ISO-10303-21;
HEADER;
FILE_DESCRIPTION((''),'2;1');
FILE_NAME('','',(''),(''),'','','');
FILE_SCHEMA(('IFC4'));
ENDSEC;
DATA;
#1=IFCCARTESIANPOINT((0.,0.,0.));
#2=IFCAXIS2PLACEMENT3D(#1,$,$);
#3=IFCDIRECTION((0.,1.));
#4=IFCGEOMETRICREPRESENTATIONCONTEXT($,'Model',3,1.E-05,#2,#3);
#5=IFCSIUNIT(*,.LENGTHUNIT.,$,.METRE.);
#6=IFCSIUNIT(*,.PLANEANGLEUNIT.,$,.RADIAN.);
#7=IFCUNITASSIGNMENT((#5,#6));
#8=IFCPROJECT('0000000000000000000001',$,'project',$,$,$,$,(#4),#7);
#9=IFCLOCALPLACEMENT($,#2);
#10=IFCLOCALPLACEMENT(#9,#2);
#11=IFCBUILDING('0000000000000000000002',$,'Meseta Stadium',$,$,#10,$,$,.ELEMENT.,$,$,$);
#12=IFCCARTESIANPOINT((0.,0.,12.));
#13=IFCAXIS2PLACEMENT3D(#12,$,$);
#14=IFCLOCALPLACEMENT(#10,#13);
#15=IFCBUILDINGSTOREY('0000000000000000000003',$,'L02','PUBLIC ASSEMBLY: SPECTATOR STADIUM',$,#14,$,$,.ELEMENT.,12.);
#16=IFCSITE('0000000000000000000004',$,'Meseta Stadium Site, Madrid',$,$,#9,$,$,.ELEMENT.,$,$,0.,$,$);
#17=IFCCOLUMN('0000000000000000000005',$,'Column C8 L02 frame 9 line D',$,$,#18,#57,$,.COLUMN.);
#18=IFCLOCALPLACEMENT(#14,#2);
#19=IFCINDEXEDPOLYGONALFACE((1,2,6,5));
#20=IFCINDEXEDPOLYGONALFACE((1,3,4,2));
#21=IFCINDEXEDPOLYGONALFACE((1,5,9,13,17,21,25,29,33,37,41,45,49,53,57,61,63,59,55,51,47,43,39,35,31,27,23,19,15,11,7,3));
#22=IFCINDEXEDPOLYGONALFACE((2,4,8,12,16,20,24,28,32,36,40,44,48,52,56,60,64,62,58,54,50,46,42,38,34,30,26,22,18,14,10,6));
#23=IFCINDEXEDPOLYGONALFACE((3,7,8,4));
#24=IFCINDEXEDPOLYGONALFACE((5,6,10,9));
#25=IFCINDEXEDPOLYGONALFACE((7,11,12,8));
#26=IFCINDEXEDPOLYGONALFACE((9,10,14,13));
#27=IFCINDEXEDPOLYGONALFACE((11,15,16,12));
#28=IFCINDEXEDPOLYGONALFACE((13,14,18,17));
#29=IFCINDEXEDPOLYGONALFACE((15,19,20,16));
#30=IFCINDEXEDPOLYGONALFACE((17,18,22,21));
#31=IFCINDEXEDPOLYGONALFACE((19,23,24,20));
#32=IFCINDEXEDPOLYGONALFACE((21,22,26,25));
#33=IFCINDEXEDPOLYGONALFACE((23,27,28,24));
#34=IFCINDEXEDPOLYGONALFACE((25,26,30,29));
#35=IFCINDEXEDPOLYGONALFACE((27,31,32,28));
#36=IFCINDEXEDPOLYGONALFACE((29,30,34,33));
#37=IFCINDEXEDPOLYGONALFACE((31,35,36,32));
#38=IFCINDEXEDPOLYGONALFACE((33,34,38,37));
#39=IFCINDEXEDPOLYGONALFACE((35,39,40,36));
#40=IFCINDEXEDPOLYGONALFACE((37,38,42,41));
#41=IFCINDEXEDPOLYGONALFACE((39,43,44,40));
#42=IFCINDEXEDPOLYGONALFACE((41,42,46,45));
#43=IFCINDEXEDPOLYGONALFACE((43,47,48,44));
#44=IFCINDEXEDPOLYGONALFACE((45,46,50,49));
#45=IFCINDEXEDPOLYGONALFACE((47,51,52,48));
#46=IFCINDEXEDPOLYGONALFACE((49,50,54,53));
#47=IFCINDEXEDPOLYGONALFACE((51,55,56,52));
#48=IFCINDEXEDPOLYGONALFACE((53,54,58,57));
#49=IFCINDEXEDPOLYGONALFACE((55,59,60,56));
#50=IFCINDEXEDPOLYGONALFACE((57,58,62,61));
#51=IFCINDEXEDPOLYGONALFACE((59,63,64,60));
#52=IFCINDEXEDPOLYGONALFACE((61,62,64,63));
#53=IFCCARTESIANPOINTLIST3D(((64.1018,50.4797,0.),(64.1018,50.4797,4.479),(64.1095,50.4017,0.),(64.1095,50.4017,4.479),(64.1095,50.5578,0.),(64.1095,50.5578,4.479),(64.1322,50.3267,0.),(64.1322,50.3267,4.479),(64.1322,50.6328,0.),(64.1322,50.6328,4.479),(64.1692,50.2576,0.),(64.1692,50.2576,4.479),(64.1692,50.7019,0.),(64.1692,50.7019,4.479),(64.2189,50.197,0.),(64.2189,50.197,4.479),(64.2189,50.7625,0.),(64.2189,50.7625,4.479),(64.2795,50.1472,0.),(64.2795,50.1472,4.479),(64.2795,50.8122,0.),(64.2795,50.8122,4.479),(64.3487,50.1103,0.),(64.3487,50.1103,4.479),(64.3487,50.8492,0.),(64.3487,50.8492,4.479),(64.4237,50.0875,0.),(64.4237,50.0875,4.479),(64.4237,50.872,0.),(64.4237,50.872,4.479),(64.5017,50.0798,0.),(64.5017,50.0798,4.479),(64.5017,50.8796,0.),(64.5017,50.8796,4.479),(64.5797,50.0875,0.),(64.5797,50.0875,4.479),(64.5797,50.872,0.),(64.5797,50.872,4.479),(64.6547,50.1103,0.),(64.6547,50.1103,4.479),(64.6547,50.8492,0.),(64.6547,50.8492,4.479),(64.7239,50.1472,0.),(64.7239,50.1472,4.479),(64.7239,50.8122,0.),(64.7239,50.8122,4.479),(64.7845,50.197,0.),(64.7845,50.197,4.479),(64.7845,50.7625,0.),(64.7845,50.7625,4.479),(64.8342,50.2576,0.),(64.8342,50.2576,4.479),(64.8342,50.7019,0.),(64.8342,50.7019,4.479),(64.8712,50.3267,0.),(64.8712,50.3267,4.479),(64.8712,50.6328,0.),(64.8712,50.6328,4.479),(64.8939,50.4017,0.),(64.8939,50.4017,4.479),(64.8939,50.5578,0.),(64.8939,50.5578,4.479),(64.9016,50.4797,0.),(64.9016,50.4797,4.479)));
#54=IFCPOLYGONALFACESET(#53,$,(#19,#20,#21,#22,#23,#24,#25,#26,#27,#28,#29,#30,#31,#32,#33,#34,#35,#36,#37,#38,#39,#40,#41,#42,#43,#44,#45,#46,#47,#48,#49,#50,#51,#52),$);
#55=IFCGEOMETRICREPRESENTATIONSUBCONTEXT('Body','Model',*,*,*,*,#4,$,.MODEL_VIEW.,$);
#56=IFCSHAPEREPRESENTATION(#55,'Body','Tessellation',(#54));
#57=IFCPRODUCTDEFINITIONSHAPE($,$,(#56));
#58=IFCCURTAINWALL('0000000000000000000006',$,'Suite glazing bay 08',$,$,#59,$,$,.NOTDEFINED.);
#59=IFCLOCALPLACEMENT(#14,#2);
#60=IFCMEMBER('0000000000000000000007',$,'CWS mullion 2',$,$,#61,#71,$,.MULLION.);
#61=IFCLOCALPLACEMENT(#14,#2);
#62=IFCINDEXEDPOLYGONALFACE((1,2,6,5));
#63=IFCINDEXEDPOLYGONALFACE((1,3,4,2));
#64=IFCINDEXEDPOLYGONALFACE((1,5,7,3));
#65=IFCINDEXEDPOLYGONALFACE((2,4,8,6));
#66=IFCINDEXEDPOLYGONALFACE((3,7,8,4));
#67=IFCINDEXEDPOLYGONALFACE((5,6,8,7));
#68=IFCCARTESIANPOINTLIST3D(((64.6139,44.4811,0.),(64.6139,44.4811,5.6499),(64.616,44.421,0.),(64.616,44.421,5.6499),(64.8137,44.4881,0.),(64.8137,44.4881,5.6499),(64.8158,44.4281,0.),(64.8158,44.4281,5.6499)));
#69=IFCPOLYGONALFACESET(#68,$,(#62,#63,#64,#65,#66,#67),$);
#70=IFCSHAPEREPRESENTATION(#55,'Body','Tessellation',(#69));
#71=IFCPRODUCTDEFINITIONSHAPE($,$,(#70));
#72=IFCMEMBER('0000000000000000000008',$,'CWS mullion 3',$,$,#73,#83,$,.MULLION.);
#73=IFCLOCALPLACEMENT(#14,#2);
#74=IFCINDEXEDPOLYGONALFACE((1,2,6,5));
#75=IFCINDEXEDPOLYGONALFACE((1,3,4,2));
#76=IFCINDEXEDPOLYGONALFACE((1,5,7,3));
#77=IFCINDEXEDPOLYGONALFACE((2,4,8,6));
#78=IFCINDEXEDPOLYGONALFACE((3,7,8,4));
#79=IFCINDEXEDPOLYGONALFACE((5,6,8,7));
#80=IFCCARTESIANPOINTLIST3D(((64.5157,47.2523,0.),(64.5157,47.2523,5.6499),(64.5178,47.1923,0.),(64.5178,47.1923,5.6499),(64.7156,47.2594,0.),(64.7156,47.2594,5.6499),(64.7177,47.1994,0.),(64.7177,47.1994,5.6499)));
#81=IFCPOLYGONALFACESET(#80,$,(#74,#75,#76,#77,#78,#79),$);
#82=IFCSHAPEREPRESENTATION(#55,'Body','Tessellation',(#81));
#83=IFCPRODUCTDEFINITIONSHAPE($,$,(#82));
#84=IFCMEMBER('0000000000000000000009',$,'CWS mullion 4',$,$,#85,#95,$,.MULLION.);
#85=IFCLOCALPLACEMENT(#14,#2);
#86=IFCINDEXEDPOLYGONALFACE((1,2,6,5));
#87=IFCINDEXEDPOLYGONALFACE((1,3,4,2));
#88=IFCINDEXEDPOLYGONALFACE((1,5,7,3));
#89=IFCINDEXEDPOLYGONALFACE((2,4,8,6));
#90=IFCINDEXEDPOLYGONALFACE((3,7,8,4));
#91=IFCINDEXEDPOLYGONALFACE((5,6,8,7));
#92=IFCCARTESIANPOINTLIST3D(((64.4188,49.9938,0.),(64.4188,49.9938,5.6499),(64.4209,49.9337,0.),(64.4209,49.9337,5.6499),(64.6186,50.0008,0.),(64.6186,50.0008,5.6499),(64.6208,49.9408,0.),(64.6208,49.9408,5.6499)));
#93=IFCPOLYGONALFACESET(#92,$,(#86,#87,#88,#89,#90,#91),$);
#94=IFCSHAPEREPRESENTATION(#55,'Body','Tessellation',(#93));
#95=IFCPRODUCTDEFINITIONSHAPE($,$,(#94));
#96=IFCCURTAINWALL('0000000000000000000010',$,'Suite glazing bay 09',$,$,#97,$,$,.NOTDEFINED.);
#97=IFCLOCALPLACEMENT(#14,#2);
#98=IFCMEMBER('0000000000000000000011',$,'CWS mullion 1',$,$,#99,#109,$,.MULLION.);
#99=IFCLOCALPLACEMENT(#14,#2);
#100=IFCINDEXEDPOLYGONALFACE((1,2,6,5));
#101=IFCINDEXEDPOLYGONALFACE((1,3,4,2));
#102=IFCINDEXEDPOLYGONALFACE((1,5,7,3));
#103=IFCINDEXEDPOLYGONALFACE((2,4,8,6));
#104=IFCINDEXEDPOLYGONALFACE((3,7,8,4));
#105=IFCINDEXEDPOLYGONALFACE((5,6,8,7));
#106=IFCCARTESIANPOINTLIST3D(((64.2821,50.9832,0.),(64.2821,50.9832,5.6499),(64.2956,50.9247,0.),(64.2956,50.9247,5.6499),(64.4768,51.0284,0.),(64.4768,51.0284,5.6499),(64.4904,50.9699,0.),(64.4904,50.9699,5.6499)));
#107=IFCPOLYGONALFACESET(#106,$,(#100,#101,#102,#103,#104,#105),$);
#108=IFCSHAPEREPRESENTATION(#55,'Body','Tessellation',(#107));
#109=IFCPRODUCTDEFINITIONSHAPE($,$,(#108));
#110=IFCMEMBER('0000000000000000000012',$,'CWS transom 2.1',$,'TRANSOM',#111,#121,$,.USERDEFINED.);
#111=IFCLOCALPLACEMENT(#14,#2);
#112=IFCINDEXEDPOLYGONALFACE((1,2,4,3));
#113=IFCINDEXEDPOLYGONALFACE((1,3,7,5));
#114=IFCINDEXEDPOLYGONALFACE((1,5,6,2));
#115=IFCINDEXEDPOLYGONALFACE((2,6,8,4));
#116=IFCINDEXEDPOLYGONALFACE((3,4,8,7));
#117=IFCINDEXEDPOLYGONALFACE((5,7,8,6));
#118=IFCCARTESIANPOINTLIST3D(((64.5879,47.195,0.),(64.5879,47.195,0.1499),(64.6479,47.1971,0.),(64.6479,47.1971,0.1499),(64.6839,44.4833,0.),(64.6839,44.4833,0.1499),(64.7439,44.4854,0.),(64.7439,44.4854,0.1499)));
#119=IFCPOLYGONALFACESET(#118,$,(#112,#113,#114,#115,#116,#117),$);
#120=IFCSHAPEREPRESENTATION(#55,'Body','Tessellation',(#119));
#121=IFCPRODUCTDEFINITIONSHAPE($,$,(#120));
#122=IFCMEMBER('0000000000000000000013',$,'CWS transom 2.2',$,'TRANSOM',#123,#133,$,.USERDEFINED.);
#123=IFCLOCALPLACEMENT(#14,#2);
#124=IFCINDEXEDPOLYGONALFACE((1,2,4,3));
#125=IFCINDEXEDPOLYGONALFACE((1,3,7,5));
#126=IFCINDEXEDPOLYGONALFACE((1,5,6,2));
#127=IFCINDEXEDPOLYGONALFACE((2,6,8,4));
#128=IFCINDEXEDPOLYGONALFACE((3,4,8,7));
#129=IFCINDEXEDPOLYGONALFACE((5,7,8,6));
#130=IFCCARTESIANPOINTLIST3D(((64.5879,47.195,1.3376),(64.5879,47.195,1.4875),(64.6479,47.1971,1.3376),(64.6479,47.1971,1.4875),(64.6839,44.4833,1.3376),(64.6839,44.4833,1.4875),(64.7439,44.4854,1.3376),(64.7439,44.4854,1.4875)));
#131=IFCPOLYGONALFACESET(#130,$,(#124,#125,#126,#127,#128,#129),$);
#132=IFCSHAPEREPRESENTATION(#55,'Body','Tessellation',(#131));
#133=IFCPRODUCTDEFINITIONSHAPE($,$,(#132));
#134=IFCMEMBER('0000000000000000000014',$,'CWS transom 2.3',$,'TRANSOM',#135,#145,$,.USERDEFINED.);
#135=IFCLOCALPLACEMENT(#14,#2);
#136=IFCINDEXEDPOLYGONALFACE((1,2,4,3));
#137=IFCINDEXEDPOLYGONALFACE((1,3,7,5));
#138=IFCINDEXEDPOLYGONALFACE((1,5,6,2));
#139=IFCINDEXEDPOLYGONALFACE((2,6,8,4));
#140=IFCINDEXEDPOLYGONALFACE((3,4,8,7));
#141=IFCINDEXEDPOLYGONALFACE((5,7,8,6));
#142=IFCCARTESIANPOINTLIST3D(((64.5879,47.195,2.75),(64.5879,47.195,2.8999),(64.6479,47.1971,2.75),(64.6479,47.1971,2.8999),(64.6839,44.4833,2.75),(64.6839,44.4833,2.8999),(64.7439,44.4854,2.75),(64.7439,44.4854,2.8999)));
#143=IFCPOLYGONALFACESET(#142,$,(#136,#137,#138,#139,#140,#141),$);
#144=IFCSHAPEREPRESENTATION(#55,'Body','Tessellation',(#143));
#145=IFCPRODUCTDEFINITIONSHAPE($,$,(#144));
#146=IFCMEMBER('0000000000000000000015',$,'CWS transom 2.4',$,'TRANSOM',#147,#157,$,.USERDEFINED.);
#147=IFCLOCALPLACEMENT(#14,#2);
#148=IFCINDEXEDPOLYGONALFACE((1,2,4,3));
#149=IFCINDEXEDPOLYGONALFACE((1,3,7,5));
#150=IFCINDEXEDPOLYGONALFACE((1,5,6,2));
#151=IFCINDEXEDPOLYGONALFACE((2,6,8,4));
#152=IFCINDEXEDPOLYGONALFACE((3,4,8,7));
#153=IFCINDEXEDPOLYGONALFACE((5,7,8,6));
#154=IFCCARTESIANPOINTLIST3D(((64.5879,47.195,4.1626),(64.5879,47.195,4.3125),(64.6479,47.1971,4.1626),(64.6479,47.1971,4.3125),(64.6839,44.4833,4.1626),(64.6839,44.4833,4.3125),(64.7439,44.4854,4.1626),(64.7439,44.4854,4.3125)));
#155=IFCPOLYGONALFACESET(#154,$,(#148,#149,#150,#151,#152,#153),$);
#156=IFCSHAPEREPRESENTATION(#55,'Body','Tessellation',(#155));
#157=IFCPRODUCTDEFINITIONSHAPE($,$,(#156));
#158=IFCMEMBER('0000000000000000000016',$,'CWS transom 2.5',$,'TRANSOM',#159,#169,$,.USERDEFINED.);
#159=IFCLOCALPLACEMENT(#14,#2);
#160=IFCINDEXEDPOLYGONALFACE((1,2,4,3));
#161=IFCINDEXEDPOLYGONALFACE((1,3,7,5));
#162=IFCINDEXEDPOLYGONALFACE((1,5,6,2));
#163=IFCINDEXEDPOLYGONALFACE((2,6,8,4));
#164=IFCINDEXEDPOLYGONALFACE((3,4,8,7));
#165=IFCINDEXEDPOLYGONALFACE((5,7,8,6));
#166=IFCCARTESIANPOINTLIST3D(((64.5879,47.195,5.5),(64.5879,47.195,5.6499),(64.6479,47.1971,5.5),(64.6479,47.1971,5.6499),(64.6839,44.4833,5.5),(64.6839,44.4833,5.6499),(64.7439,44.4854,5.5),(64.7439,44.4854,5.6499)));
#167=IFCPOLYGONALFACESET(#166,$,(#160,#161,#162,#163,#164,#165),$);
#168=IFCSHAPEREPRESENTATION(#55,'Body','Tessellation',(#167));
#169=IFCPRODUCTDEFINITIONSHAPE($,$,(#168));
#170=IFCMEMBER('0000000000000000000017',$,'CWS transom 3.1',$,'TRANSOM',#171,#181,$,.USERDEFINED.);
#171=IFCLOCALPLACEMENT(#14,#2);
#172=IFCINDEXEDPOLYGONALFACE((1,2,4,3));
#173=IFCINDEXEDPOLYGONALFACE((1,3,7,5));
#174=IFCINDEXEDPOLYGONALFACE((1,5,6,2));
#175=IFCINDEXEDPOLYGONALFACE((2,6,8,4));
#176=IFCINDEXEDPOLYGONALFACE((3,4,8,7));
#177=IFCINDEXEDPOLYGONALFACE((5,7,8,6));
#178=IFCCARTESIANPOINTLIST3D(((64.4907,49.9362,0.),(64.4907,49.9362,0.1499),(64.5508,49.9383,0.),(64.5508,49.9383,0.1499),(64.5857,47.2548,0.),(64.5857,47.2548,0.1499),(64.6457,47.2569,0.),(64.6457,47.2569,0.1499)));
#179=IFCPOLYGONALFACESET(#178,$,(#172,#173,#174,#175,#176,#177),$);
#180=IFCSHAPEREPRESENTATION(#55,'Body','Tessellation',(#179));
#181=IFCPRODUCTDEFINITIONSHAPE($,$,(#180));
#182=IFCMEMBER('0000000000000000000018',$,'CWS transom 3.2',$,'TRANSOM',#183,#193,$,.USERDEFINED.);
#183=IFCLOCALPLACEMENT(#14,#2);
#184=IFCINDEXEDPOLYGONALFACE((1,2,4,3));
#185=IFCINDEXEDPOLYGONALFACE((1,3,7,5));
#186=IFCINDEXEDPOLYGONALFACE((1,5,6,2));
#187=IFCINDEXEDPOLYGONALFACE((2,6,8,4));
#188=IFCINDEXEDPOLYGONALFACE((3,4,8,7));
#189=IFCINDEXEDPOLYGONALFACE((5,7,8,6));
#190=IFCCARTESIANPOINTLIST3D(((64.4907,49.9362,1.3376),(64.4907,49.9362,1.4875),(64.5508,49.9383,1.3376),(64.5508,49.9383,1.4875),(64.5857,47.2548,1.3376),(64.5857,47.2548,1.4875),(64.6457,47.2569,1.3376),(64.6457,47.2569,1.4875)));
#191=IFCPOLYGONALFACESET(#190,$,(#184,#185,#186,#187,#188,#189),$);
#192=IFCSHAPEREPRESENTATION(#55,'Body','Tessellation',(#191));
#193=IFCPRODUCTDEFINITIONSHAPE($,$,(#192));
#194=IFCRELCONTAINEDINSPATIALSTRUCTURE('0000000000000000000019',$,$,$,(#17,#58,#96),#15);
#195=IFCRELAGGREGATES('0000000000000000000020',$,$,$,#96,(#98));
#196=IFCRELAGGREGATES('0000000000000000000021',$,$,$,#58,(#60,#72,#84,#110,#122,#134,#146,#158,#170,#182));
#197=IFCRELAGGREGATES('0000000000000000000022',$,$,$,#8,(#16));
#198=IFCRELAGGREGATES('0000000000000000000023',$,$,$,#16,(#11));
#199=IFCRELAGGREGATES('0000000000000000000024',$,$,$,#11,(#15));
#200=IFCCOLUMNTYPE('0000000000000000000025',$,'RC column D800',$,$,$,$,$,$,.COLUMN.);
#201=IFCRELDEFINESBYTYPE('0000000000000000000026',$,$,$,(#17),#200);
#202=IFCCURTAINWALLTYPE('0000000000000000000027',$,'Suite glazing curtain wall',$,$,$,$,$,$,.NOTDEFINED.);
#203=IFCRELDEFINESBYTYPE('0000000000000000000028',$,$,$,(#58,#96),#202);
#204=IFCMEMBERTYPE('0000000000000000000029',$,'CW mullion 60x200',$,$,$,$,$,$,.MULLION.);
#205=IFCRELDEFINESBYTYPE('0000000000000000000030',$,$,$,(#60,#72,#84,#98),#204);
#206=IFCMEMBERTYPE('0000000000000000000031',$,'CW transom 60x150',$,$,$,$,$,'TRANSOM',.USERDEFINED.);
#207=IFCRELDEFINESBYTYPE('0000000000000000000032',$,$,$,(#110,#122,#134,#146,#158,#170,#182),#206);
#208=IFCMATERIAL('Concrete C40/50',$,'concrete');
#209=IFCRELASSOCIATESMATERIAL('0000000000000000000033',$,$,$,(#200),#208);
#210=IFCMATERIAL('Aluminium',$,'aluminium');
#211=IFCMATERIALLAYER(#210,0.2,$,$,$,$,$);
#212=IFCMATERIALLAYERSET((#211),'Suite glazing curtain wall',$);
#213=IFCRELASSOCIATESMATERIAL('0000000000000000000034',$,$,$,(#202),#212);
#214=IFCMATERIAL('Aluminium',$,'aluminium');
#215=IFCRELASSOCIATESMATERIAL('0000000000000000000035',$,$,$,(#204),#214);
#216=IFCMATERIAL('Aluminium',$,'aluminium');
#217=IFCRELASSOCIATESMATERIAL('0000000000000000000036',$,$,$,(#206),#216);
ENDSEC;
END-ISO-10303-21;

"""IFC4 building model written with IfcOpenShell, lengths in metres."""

from ifc_helpers import new_model, si_unit, direction, frame, origin, origin_2d, place, context, subcontext, project, spatial, rectangle, circle, extrude, material, layer, layer_set, material_profile, profile_set, type_object, element, aggregate, save


model = new_model("IFC4")

# Units and contexts
model_context = context("Model", 3, precision=1e-05, world=origin(), true_north=direction((0.0, 1.0)))
body_context = subcontext(model_context, "Body", "Model", "MODEL_VIEW")
ifc_project = project(units=[si_unit("LENGTHUNIT", "METRE"), si_unit("PLANEANGLEUNIT", "RADIAN")], contexts=[model_context])

# Site, building, storey
site_placement = place(None, origin())
site = spatial("IfcSite", under=ifc_project, at=site_placement, Name="Meseta Stadium Site, Madrid", CompositionType="ELEMENT", RefElevation=0.0)
building_placement = place(site_placement, origin())
building = spatial("IfcBuilding", under=site, at=building_placement, Name="Meseta Stadium", CompositionType="ELEMENT")
storey_placement = place(building_placement, frame((0.0, 0.0, 12.0)))
storey = spatial("IfcBuildingStorey", under=building, at=storey_placement, Name="L02", Description="PUBLIC ASSEMBLY: SPECTATOR STADIUM", CompositionType="ELEMENT", Elevation=12.0)

# Column
ifc_material_1 = material(Name="Concrete C40/50", Category="concrete")
ifc_material_profile_1 = material_profile(ifc_material_1, circle(Radius=0.3999, at=origin_2d()), Name="RC D800")
ifc_profile_set_1 = profile_set([ifc_material_profile_1], Name="Concrete C40/50")
column_type = type_object("IfcColumnType", Name="RC column D800", PredefinedType="COLUMN", material=ifc_profile_set_1)
column_placement = place(storey_placement, frame((64.5017, 50.4797, 0.0), z_axis=(0.0, 0.0, 1.0), x_axis=(1.0, 0.0, 0.0)))
element("IfcColumn", 1, at=column_placement, inside=storey, type_object=column_type, Name="Column C8 L02 frame 9 line D", PredefinedType="COLUMN", context=body_context, shape_type="SweptSolid", body=[
    extrude(circle(Radius=0.3999, at=origin_2d()), origin(), (0.0, 0.0, 1.0), 4.479),
])

# Curtain wall, members
ifc_material_2 = material(Name="Aluminium", Category="aluminium")
ifc_layer_1 = layer(ifc_material_2, 0.2)
ifc_layer_set_1 = layer_set([ifc_layer_1], Name="Suite glazing curtain wall")
curtain_wall_type = type_object("IfcCurtainWallType", Name="Suite glazing curtain wall", PredefinedType="NOTDEFINED", material=ifc_layer_set_1)
curtain_wall_1_placement = place(storey_placement, origin())
curtain_wall_1 = element("IfcCurtainWall", 2, at=curtain_wall_1_placement, inside=storey, type_object=curtain_wall_type, Name="Suite glazing bay 08", PredefinedType="NOTDEFINED")
ifc_material_3 = material(Name="Aluminium", Category="aluminium")
ifc_material_profile_2 = material_profile(ifc_material_3, rectangle(XDim=0.2, YDim=0.0601, at=origin_2d()), Name="CW 200x60")
ifc_profile_set_2 = profile_set([ifc_material_profile_2], Name="Aluminium")
member_type_1 = type_object("IfcMemberType", Name="CW mullion 60x200", PredefinedType="MULLION", material=ifc_profile_set_2)
member_1_placement = place(storey_placement, frame((64.7148, 44.4546, 0.0), z_axis=(0.0, 0.0, 1.0), x_axis=(-0.999374, -0.035371, 0.0)))
member_1 = element("IfcMember", 3, at=member_1_placement, type_object=member_type_1, Name="CWS mullion 2", PredefinedType="MULLION", context=body_context, shape_type="SweptSolid", body=[
    extrude(rectangle(XDim=0.2, YDim=0.0601, at=origin_2d()), origin(), (0.0, 0.0, 1.0), 5.6499),
])
member_2_placement = place(storey_placement, frame((64.6167, 47.2258, 0.0), z_axis=(0.0, 0.0, 1.0), x_axis=(-0.999374, -0.035371, 0.0)))
member_2 = element("IfcMember", 4, at=member_2_placement, type_object=member_type_1, Name="CWS mullion 3", PredefinedType="MULLION", context=body_context, shape_type="SweptSolid", body=[
    extrude(rectangle(XDim=0.2, YDim=0.0601, at=origin_2d()), origin(), (0.0, 0.0, 1.0), 5.6499),
])
member_3_placement = place(storey_placement, frame((64.5198, 49.9673, 0.0), z_axis=(0.0, 0.0, 1.0), x_axis=(-0.999374, -0.035371, 0.0)))
member_3 = element("IfcMember", 5, at=member_3_placement, type_object=member_type_1, Name="CWS mullion 4", PredefinedType="MULLION", context=body_context, shape_type="SweptSolid", body=[
    extrude(rectangle(XDim=0.2, YDim=0.0601, at=origin_2d()), origin(), (0.0, 0.0, 1.0), 5.6499),
])

# Curtain wall, member
curtain_wall_2_placement = place(storey_placement, origin())
curtain_wall_2 = element("IfcCurtainWall", 6, at=curtain_wall_2_placement, inside=storey, type_object=curtain_wall_type, Name="Suite glazing bay 09", PredefinedType="NOTDEFINED")
member_4_placement = place(storey_placement, frame((64.3862, 50.9766, 0.0), z_axis=(0.0, 0.0, 1.0), x_axis=(-0.974093, -0.226148, 0.0)))
member_4 = element("IfcMember", 7, at=member_4_placement, type_object=member_type_1, Name="CWS mullion 1", PredefinedType="MULLION", context=body_context, shape_type="SweptSolid", body=[
    extrude(rectangle(XDim=0.2, YDim=0.0601, at=origin_2d()), origin(), (0.0, 0.0, 1.0), 5.6499),
])
aggregate(curtain_wall_2, [member_4])

# Members
ifc_material_4 = material(Name="Aluminium", Category="aluminium")
ifc_material_profile_3 = material_profile(ifc_material_4, rectangle(XDim=0.0601, YDim=0.1499, at=origin_2d()), Name="CW 60x150")
ifc_profile_set_3 = profile_set([ifc_material_profile_3], Name="Aluminium")
member_type_2 = type_object("IfcMemberType", Name="CW transom 60x150", ElementType="TRANSOM", PredefinedType="USERDEFINED", material=ifc_profile_set_3)
member_5_placement = place(storey_placement, frame((64.7139, 44.4844, 0.075), z_axis=(-0.035361, 0.999375, 0.0), x_axis=(-0.999375, -0.035361, 0.0)))
member_5 = element("IfcMember", 8, at=member_5_placement, type_object=member_type_2, Name="CWS transom 2.1", ObjectType="TRANSOM", PredefinedType="USERDEFINED", context=body_context, shape_type="SweptSolid", body=[
    extrude(rectangle(XDim=0.0601, YDim=0.1499, at=origin_2d()), origin(), (0.0, 0.0, 1.0), 2.7134),
])
member_6_placement = place(storey_placement, frame((64.7139, 44.4844, 1.4126), z_axis=(-0.035361, 0.999375, 0.0), x_axis=(-0.999375, -0.035361, 0.0)))
member_6 = element("IfcMember", 9, at=member_6_placement, type_object=member_type_2, Name="CWS transom 2.2", ObjectType="TRANSOM", PredefinedType="USERDEFINED", context=body_context, shape_type="SweptSolid", body=[
    extrude(rectangle(XDim=0.0601, YDim=0.1499, at=origin_2d()), origin(), (0.0, 0.0, 1.0), 2.7134),
])
member_7_placement = place(storey_placement, frame((64.7139, 44.4844, 2.825), z_axis=(-0.035361, 0.999375, 0.0), x_axis=(-0.999375, -0.035361, 0.0)))
member_7 = element("IfcMember", 10, at=member_7_placement, type_object=member_type_2, Name="CWS transom 2.3", ObjectType="TRANSOM", PredefinedType="USERDEFINED", context=body_context, shape_type="SweptSolid", body=[
    extrude(rectangle(XDim=0.0601, YDim=0.1499, at=origin_2d()), origin(), (0.0, 0.0, 1.0), 2.7134),
])
member_8_placement = place(storey_placement, frame((64.7139, 44.4844, 4.2375), z_axis=(-0.035361, 0.999375, 0.0), x_axis=(-0.999375, -0.035361, 0.0)))
member_8 = element("IfcMember", 11, at=member_8_placement, type_object=member_type_2, Name="CWS transom 2.4", ObjectType="TRANSOM", PredefinedType="USERDEFINED", context=body_context, shape_type="SweptSolid", body=[
    extrude(rectangle(XDim=0.0601, YDim=0.1499, at=origin_2d()), origin(), (0.0, 0.0, 1.0), 2.7134),
])
member_9_placement = place(storey_placement, frame((64.7139, 44.4844, 5.575), z_axis=(-0.035361, 0.999375, 0.0), x_axis=(-0.999375, -0.035361, 0.0)))
member_9 = element("IfcMember", 12, at=member_9_placement, type_object=member_type_2, Name="CWS transom 2.5", ObjectType="TRANSOM", PredefinedType="USERDEFINED", context=body_context, shape_type="SweptSolid", body=[
    extrude(rectangle(XDim=0.0601, YDim=0.1499, at=origin_2d()), origin(), (0.0, 0.0, 1.0), 2.7134),
])
member_10_placement = place(storey_placement, frame((64.6157, 47.2559, 0.075), z_axis=(-0.035396, 0.999373, 0.0), x_axis=(-0.999373, -0.035396, 0.0)))
member_10 = element("IfcMember", 13, at=member_10_placement, type_object=member_type_2, Name="CWS transom 3.1", ObjectType="TRANSOM", PredefinedType="USERDEFINED", context=body_context, shape_type="SweptSolid", body=[
    extrude(rectangle(XDim=0.0601, YDim=0.1499, at=origin_2d()), origin(), (0.0, 0.0, 1.0), 2.6831),
])
member_11_placement = place(storey_placement, frame((64.6157, 47.2559, 1.4126), z_axis=(-0.035396, 0.999373, 0.0), x_axis=(-0.999373, -0.035396, 0.0)))
member_11 = element("IfcMember", 14, at=member_11_placement, type_object=member_type_2, Name="CWS transom 3.2", ObjectType="TRANSOM", PredefinedType="USERDEFINED", context=body_context, shape_type="SweptSolid", body=[
    extrude(rectangle(XDim=0.0601, YDim=0.1499, at=origin_2d()), origin(), (0.0, 0.0, 1.0), 2.6831),
])

aggregate(curtain_wall_1, [member_1, member_2, member_3, member_5, member_6, member_7, member_8, member_9, member_10, member_11])

save(model, "model.ifc")
